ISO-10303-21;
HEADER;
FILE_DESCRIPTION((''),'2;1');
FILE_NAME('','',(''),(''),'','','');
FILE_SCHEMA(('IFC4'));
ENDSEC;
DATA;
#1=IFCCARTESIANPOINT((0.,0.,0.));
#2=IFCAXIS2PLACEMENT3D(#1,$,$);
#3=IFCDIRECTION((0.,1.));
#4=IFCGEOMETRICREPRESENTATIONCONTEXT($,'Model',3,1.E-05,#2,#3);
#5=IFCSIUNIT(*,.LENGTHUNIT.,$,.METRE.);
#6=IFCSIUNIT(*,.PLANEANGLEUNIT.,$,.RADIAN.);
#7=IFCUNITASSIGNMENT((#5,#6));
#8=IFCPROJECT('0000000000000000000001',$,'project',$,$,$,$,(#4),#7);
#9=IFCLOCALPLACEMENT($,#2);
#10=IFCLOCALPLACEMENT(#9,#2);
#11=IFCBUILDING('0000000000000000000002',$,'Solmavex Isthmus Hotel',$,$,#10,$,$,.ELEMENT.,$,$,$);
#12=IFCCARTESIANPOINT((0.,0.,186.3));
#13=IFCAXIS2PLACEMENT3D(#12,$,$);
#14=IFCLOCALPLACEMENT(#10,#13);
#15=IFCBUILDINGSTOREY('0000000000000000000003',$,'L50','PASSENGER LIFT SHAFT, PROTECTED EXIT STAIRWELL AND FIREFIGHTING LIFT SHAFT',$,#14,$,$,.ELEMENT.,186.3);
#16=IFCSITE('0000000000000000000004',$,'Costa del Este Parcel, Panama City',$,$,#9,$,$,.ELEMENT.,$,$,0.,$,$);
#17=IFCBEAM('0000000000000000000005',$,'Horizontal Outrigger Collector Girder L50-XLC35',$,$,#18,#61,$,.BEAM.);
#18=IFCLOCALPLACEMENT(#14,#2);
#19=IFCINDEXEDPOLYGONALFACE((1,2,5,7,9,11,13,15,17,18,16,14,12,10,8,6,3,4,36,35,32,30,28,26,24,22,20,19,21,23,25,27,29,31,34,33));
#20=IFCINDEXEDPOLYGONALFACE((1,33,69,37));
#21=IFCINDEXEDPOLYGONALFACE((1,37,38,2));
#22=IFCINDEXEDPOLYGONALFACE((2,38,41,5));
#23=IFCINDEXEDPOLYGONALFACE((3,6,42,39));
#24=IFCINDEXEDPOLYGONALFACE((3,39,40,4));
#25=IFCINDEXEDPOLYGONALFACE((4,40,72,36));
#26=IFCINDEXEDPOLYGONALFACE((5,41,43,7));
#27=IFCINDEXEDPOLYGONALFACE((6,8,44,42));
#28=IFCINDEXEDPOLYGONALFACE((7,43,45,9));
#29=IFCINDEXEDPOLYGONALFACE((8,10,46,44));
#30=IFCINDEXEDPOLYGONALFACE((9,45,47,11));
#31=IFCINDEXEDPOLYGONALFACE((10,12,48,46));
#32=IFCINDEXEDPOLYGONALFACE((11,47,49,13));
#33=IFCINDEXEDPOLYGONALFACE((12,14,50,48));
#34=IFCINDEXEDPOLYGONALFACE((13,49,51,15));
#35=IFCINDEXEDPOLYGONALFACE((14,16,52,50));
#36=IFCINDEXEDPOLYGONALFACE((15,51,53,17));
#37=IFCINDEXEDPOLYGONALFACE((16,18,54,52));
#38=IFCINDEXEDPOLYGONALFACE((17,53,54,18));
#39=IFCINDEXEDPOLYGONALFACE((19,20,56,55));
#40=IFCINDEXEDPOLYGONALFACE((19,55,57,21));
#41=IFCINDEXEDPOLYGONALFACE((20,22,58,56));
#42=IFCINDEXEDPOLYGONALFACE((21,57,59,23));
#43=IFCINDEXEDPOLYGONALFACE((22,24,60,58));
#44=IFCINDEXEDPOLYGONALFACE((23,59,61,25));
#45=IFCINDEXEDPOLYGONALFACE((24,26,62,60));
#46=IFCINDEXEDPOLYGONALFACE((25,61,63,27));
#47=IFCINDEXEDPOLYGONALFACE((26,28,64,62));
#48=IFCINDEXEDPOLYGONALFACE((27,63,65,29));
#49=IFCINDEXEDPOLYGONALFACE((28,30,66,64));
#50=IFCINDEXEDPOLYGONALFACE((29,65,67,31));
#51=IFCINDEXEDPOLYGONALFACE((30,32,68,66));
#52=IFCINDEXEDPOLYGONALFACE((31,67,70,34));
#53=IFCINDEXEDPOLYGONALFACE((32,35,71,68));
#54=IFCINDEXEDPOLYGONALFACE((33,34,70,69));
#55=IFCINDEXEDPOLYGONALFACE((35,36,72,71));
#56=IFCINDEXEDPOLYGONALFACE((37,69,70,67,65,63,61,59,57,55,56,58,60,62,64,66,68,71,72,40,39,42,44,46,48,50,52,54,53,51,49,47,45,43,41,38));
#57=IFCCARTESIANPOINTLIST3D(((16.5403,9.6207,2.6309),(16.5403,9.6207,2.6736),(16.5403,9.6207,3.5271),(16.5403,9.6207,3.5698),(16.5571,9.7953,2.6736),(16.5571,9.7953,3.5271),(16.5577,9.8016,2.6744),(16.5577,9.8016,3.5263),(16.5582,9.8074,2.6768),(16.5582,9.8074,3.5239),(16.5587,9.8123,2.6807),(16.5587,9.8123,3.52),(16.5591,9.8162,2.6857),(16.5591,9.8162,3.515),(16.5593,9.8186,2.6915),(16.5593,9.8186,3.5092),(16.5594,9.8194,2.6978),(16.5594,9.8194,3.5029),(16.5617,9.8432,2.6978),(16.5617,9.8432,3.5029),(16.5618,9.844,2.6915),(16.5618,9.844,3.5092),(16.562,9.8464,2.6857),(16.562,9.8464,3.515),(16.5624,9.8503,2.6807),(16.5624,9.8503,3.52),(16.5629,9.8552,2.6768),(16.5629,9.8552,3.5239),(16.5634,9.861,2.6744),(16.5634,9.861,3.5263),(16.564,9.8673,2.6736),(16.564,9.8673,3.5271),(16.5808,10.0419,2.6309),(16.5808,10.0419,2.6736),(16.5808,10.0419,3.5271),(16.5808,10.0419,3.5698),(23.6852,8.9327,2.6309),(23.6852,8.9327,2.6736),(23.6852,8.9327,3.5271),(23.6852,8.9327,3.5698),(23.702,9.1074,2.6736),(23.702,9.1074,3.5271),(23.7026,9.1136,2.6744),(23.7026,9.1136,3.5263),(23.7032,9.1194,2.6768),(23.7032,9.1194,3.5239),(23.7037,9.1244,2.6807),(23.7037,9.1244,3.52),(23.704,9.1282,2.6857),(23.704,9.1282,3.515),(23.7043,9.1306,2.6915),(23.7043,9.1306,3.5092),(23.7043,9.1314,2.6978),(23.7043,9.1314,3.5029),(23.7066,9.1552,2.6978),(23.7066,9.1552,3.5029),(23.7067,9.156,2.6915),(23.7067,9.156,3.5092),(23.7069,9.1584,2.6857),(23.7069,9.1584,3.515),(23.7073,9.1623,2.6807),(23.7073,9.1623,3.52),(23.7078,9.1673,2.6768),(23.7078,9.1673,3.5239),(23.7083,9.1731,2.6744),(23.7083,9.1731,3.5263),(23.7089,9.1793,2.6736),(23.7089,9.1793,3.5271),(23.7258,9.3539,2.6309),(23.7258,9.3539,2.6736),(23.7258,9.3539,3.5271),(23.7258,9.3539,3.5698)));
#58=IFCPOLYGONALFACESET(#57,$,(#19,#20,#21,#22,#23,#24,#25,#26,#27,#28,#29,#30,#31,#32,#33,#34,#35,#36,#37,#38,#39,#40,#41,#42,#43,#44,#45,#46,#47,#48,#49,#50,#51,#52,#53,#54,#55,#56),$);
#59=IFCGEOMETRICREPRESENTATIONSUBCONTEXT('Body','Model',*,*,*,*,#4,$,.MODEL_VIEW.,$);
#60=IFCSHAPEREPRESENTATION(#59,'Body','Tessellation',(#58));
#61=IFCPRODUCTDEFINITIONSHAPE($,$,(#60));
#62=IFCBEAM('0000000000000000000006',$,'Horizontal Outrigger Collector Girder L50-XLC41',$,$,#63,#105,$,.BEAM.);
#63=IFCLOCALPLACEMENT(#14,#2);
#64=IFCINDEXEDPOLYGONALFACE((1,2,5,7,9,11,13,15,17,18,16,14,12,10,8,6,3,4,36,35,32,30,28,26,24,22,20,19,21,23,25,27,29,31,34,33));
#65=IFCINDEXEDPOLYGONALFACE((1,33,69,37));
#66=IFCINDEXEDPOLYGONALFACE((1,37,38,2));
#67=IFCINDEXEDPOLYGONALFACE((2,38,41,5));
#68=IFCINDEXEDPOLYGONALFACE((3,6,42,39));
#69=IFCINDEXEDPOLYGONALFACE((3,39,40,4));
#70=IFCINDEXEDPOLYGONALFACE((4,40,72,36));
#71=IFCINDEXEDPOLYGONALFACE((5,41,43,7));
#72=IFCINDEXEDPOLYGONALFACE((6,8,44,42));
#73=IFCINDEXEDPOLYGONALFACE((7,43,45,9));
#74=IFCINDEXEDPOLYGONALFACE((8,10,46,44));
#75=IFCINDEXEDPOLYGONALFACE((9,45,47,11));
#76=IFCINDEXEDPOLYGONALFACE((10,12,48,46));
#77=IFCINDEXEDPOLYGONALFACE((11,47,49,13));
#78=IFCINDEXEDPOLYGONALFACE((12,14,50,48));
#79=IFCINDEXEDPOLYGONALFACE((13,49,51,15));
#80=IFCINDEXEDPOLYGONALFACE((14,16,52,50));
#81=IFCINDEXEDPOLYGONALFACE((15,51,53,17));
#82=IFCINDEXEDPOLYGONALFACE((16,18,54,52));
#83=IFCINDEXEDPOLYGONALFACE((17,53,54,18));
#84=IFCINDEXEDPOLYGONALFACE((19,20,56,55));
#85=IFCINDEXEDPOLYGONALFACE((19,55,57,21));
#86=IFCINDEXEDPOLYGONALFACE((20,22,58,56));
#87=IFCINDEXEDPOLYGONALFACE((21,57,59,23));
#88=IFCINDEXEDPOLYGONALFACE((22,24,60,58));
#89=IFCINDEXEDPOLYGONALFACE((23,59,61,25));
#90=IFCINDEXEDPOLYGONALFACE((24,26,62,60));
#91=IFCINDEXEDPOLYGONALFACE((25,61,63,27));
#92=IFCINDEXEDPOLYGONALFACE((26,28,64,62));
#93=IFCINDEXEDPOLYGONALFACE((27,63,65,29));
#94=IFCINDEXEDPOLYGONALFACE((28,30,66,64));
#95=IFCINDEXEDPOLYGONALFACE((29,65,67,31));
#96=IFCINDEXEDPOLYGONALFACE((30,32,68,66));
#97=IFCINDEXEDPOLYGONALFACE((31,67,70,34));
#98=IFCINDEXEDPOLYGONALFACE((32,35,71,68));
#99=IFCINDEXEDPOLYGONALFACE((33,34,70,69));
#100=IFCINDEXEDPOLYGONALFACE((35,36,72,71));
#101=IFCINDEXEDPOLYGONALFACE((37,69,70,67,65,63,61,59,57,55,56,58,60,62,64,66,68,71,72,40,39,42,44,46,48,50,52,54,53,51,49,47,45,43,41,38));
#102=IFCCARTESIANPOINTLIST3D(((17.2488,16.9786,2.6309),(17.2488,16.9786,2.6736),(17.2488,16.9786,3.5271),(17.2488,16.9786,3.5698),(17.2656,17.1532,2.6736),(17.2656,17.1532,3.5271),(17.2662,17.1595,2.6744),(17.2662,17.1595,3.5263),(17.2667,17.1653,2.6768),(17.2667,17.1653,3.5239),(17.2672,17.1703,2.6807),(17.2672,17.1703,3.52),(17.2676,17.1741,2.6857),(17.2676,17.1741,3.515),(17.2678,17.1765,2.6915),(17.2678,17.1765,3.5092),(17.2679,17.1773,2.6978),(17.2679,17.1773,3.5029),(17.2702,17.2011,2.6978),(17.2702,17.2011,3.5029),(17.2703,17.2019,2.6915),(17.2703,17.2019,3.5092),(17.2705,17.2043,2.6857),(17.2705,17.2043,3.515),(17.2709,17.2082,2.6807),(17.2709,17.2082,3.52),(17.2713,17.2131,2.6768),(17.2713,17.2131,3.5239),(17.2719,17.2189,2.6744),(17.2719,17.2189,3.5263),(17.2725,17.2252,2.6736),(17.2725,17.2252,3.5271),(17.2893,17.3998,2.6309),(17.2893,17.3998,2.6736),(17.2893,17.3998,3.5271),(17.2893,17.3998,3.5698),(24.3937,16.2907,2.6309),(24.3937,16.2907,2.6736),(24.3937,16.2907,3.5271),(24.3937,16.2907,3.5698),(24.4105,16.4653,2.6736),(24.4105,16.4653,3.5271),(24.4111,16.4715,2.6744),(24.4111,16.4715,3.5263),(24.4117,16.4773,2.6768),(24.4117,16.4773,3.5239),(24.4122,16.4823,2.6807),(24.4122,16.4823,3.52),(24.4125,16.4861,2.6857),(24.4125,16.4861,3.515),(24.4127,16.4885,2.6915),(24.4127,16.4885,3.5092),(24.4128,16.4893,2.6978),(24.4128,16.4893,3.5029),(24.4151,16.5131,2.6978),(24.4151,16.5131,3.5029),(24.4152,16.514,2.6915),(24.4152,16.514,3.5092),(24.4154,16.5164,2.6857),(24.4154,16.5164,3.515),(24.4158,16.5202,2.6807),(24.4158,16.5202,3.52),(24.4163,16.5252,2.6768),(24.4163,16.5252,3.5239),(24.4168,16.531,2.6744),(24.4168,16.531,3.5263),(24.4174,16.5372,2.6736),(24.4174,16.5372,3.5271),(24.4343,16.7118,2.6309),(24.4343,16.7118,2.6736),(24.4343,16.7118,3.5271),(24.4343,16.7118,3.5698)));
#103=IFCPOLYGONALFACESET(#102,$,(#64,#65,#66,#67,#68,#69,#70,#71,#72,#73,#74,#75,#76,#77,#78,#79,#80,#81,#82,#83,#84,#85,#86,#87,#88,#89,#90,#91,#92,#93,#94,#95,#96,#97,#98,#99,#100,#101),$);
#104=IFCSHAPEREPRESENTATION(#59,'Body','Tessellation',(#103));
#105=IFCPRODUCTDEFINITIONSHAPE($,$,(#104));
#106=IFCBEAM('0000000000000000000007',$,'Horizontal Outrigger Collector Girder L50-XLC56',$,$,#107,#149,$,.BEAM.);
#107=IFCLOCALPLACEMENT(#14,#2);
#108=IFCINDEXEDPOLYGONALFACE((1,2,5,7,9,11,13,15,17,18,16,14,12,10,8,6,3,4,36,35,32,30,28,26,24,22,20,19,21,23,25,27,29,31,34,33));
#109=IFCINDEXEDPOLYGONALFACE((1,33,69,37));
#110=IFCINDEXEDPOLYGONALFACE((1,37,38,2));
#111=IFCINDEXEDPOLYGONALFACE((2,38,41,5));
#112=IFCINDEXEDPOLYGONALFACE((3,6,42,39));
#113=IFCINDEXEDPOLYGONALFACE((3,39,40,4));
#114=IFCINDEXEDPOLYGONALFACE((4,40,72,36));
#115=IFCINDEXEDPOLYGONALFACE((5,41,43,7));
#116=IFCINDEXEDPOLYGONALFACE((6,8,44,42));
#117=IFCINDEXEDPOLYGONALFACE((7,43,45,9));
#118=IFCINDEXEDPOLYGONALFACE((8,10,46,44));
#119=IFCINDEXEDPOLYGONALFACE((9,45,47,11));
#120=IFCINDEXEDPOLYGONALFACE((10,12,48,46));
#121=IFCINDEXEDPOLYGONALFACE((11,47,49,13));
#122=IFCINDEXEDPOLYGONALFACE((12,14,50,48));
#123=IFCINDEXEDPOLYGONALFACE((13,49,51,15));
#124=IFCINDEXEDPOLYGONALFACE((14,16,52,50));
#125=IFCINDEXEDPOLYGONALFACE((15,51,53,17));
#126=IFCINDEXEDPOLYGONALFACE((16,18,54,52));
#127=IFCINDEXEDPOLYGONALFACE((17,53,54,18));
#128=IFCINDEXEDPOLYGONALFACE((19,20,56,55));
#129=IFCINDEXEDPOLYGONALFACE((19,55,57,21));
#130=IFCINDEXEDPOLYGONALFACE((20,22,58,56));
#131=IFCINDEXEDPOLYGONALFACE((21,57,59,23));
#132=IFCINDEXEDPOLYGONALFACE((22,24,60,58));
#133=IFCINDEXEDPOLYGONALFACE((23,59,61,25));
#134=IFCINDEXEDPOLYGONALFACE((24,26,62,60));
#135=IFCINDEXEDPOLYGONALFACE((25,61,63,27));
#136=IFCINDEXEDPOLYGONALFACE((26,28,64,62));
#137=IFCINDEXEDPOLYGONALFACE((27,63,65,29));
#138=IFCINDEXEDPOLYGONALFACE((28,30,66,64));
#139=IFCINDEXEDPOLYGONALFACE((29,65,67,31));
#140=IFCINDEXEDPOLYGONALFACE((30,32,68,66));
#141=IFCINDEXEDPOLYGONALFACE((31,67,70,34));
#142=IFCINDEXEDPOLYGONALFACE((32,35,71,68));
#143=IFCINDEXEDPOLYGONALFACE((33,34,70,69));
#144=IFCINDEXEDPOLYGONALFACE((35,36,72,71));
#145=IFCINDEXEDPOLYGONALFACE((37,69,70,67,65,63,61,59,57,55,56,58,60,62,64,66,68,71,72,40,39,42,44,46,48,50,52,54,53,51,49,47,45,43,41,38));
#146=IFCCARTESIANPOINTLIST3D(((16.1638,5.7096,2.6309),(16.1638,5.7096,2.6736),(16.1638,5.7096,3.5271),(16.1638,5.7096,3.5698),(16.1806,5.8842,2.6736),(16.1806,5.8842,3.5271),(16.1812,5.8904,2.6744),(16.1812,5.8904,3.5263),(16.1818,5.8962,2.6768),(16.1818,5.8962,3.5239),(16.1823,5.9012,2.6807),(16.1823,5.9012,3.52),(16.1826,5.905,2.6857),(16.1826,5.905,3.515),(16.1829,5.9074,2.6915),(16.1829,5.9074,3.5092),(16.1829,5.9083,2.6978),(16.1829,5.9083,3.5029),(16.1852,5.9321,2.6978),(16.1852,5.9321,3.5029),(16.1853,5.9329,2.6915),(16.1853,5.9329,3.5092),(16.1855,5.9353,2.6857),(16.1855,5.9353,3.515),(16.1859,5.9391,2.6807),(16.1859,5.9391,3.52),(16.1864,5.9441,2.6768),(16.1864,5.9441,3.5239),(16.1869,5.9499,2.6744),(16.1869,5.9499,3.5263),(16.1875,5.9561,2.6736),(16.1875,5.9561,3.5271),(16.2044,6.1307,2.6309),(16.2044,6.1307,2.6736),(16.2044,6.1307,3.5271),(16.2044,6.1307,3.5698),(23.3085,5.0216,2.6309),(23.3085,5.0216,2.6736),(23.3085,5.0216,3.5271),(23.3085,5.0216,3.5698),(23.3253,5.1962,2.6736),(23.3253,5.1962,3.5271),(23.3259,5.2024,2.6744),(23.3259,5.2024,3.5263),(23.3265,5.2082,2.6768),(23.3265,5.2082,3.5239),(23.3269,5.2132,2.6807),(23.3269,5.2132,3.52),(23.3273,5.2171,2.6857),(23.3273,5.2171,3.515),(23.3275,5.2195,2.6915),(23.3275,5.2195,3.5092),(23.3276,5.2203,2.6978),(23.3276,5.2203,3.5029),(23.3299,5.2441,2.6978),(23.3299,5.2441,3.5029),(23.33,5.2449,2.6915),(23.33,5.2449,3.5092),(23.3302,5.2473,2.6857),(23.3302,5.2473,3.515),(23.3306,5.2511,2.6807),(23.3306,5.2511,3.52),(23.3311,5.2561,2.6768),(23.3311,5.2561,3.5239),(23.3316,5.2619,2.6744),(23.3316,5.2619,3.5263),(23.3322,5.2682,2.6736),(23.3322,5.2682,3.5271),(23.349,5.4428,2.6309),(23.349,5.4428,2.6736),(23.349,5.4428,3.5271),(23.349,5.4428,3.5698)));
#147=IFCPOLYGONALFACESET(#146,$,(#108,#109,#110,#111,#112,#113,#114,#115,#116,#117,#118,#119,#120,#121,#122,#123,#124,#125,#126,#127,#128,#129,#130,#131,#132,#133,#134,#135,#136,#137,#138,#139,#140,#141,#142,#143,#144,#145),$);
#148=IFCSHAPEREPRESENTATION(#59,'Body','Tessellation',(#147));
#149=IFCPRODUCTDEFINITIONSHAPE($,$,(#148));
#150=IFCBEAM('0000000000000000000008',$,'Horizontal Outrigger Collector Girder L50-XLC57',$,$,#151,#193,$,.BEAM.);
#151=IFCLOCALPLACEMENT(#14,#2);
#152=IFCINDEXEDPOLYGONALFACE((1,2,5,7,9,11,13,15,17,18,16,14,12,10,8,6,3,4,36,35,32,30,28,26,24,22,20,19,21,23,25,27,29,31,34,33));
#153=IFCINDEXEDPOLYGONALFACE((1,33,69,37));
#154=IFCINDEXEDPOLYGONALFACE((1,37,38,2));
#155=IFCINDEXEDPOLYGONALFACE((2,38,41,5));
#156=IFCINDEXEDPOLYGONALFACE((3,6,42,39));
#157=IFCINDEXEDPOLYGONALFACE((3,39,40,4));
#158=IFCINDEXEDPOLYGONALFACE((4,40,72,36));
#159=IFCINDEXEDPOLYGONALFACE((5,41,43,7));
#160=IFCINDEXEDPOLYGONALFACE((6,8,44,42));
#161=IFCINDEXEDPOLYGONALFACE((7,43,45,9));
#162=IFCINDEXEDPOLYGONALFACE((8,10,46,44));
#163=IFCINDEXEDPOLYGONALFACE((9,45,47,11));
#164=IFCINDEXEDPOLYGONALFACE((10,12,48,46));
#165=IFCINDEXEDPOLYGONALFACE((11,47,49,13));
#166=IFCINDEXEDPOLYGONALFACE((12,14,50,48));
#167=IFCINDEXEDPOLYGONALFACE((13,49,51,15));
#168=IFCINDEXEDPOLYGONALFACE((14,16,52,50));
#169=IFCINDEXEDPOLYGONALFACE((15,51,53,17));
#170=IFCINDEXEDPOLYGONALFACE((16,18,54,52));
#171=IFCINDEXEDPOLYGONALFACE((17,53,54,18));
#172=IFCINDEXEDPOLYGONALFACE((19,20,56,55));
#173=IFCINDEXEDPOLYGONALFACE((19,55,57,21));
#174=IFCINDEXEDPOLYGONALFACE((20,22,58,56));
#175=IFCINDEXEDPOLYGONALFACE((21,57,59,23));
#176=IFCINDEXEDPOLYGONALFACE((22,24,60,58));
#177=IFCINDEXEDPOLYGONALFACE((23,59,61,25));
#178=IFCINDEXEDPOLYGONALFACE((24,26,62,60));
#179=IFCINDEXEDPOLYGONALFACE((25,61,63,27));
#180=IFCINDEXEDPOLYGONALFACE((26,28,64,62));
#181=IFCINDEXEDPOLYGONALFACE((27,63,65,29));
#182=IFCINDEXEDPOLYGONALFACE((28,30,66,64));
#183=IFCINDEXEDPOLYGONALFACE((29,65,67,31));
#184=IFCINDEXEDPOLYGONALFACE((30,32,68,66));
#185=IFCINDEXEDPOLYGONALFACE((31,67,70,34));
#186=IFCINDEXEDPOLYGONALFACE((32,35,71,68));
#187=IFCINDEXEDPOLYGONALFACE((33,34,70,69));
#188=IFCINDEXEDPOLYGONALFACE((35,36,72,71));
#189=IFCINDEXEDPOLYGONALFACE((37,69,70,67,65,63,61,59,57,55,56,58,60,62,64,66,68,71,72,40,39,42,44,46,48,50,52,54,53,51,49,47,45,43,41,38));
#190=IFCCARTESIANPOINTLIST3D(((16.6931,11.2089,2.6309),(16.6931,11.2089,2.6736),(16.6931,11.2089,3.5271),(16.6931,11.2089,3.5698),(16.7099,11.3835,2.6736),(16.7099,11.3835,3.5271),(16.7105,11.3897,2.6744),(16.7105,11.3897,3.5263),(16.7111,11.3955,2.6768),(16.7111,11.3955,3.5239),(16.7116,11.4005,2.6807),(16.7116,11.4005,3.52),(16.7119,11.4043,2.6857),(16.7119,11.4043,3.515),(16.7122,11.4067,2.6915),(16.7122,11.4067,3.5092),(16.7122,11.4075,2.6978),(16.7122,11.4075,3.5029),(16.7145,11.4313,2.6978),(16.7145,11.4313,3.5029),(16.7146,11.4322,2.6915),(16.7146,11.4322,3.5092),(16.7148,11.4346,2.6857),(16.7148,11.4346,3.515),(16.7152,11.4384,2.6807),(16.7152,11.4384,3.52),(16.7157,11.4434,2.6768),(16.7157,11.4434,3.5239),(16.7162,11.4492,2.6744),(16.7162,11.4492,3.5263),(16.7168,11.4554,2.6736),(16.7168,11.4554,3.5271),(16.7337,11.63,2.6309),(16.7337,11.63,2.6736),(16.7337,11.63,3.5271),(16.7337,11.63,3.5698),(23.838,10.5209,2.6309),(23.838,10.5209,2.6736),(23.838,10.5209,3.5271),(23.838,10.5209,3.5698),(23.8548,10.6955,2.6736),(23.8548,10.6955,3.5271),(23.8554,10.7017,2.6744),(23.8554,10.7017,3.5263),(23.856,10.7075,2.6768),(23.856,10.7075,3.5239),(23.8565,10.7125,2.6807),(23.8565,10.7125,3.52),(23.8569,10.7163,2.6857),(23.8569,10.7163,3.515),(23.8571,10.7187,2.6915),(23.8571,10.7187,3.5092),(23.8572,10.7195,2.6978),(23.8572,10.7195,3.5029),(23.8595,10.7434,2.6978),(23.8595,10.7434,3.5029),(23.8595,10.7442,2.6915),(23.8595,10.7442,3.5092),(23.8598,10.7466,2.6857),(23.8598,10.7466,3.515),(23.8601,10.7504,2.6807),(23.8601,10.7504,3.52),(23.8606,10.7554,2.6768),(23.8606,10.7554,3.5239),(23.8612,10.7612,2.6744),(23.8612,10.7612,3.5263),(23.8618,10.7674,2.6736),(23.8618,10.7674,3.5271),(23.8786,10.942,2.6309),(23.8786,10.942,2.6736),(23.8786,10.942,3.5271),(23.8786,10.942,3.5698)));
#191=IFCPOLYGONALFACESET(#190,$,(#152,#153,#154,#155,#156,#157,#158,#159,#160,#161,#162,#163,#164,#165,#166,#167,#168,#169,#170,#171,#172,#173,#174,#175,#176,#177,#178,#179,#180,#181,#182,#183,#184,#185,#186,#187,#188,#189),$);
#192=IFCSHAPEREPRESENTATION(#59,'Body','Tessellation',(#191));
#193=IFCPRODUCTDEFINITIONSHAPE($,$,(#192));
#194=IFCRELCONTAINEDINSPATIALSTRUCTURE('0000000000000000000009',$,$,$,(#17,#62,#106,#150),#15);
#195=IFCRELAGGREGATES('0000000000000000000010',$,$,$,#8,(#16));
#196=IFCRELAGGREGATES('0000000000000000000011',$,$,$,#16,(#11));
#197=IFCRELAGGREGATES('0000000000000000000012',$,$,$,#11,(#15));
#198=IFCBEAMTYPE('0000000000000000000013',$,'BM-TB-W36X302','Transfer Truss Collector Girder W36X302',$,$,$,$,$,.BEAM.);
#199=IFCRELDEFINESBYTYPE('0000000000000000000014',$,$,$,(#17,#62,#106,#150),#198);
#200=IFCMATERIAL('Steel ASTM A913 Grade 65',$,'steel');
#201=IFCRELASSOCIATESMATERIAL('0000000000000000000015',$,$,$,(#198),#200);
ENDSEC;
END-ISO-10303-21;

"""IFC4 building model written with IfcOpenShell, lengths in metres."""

from ifc_helpers import new_model, si_unit, direction, frame, origin, origin_2d, place, context, subcontext, project, spatial, i_section, extrude, material, material_profile, profile_set, type_object, element, save


model = new_model("IFC4")

# Units and contexts
model_context = context("Model", 3, precision=1e-05, world=origin(), true_north=direction((0.0, 1.0)))
body_context = subcontext(model_context, "Body", "Model", "MODEL_VIEW")
ifc_project = project(units=[si_unit("LENGTHUNIT", "METRE"), si_unit("PLANEANGLEUNIT", "RADIAN")], contexts=[model_context])

# Site, building, storey
site_placement = place(None, origin())
site = spatial("IfcSite", under=ifc_project, at=site_placement, Name="Costa del Este Parcel, Panama City", CompositionType="ELEMENT", RefElevation=0.0)
building_placement = place(site_placement, origin())
building = spatial("IfcBuilding", under=site, at=building_placement, Name="Solmavex Isthmus Hotel", CompositionType="ELEMENT")
storey_placement = place(building_placement, frame((0.0, 0.0, 186.3)))
storey = spatial("IfcBuildingStorey", under=building, at=storey_placement, Name="L50", Description="PASSENGER LIFT SHAFT, PROTECTED EXIT STAIRWELL AND FIREFIGHTING LIFT SHAFT", CompositionType="ELEMENT", Elevation=186.3)

# Shared definitions
ifc_material_1 = material(Name="Steel ASTM A913 Grade 65", Category="steel")

# Beams
ifc_material_profile_1 = material_profile(ifc_material_1, i_section(OverallWidth=0.4231, OverallDepth=0.939, WebThickness=0.0239, FlangeThickness=0.0427, FilletRadius=0.0242, at=origin_2d()), Name="W36X302")
ifc_profile_set_1 = profile_set([ifc_material_profile_1], Name="Steel ASTM A913 Grade 65")
beam_type_1 = type_object("IfcBeamType", Name="BM-TB-W36X302", Description="Transfer Truss Collector Girder W36X302", PredefinedType="BEAM", material=ifc_profile_set_1)
for number, where, z_axis, x_axis, name in (
    (1, (16.5605, 9.8313, 3.1003), (0.995396, -0.095846, 0.0), (0.095846, 0.995396, 0.0), "Horizontal Outrigger Collector Girder L50-XLC35"),
    (2, (17.269, 17.1892, 3.1003), (0.995396, -0.095846, 0.0), (0.095846, 0.995396, 0.0), "Horizontal Outrigger Collector Girder L50-XLC41"),
):
    element("IfcBeam", number, at=place(storey_placement, frame(where, z_axis=z_axis, x_axis=x_axis)), inside=storey, type_object=beam_type_1, Name=name, PredefinedType="BEAM", context=body_context, shape_type="SweptSolid", body=[
        extrude(i_section(OverallWidth=0.4231, OverallDepth=0.939, WebThickness=0.0239, FlangeThickness=0.0427, FilletRadius=0.0242, at=origin_2d()), origin(), (0.0, 0.0, 1.0), 7.178),
    ])
beam_1_placement = place(storey_placement, frame((16.1841, 5.9202, 3.1003), z_axis=(0.995396, -0.095849, 0.0), x_axis=(0.095849, 0.995396, 0.0)))
element("IfcBeam", 3, at=beam_1_placement, inside=storey, type_object=beam_type_1, Name="Horizontal Outrigger Collector Girder L50-XLC56", PredefinedType="BEAM", context=body_context, shape_type="SweptSolid", body=[
    extrude(i_section(OverallWidth=0.4231, OverallDepth=0.939, WebThickness=0.0239, FlangeThickness=0.0427, FilletRadius=0.0242, at=origin_2d()), origin(), (0.0, 0.0, 1.0), 7.1777),
])
beam_2_placement = place(storey_placement, frame((16.7134, 11.4194, 3.1003), z_axis=(0.995396, -0.095846, 0.0), x_axis=(0.095846, 0.995396, 0.0)))
element("IfcBeam", 4, at=beam_2_placement, inside=storey, type_object=beam_type_1, Name="Horizontal Outrigger Collector Girder L50-XLC57", PredefinedType="BEAM", context=body_context, shape_type="SweptSolid", body=[
    extrude(i_section(OverallWidth=0.4231, OverallDepth=0.939, WebThickness=0.0239, FlangeThickness=0.0427, FilletRadius=0.0242, at=origin_2d()), origin(), (0.0, 0.0, 1.0), 7.178),
])

save(model, "model.ifc")
